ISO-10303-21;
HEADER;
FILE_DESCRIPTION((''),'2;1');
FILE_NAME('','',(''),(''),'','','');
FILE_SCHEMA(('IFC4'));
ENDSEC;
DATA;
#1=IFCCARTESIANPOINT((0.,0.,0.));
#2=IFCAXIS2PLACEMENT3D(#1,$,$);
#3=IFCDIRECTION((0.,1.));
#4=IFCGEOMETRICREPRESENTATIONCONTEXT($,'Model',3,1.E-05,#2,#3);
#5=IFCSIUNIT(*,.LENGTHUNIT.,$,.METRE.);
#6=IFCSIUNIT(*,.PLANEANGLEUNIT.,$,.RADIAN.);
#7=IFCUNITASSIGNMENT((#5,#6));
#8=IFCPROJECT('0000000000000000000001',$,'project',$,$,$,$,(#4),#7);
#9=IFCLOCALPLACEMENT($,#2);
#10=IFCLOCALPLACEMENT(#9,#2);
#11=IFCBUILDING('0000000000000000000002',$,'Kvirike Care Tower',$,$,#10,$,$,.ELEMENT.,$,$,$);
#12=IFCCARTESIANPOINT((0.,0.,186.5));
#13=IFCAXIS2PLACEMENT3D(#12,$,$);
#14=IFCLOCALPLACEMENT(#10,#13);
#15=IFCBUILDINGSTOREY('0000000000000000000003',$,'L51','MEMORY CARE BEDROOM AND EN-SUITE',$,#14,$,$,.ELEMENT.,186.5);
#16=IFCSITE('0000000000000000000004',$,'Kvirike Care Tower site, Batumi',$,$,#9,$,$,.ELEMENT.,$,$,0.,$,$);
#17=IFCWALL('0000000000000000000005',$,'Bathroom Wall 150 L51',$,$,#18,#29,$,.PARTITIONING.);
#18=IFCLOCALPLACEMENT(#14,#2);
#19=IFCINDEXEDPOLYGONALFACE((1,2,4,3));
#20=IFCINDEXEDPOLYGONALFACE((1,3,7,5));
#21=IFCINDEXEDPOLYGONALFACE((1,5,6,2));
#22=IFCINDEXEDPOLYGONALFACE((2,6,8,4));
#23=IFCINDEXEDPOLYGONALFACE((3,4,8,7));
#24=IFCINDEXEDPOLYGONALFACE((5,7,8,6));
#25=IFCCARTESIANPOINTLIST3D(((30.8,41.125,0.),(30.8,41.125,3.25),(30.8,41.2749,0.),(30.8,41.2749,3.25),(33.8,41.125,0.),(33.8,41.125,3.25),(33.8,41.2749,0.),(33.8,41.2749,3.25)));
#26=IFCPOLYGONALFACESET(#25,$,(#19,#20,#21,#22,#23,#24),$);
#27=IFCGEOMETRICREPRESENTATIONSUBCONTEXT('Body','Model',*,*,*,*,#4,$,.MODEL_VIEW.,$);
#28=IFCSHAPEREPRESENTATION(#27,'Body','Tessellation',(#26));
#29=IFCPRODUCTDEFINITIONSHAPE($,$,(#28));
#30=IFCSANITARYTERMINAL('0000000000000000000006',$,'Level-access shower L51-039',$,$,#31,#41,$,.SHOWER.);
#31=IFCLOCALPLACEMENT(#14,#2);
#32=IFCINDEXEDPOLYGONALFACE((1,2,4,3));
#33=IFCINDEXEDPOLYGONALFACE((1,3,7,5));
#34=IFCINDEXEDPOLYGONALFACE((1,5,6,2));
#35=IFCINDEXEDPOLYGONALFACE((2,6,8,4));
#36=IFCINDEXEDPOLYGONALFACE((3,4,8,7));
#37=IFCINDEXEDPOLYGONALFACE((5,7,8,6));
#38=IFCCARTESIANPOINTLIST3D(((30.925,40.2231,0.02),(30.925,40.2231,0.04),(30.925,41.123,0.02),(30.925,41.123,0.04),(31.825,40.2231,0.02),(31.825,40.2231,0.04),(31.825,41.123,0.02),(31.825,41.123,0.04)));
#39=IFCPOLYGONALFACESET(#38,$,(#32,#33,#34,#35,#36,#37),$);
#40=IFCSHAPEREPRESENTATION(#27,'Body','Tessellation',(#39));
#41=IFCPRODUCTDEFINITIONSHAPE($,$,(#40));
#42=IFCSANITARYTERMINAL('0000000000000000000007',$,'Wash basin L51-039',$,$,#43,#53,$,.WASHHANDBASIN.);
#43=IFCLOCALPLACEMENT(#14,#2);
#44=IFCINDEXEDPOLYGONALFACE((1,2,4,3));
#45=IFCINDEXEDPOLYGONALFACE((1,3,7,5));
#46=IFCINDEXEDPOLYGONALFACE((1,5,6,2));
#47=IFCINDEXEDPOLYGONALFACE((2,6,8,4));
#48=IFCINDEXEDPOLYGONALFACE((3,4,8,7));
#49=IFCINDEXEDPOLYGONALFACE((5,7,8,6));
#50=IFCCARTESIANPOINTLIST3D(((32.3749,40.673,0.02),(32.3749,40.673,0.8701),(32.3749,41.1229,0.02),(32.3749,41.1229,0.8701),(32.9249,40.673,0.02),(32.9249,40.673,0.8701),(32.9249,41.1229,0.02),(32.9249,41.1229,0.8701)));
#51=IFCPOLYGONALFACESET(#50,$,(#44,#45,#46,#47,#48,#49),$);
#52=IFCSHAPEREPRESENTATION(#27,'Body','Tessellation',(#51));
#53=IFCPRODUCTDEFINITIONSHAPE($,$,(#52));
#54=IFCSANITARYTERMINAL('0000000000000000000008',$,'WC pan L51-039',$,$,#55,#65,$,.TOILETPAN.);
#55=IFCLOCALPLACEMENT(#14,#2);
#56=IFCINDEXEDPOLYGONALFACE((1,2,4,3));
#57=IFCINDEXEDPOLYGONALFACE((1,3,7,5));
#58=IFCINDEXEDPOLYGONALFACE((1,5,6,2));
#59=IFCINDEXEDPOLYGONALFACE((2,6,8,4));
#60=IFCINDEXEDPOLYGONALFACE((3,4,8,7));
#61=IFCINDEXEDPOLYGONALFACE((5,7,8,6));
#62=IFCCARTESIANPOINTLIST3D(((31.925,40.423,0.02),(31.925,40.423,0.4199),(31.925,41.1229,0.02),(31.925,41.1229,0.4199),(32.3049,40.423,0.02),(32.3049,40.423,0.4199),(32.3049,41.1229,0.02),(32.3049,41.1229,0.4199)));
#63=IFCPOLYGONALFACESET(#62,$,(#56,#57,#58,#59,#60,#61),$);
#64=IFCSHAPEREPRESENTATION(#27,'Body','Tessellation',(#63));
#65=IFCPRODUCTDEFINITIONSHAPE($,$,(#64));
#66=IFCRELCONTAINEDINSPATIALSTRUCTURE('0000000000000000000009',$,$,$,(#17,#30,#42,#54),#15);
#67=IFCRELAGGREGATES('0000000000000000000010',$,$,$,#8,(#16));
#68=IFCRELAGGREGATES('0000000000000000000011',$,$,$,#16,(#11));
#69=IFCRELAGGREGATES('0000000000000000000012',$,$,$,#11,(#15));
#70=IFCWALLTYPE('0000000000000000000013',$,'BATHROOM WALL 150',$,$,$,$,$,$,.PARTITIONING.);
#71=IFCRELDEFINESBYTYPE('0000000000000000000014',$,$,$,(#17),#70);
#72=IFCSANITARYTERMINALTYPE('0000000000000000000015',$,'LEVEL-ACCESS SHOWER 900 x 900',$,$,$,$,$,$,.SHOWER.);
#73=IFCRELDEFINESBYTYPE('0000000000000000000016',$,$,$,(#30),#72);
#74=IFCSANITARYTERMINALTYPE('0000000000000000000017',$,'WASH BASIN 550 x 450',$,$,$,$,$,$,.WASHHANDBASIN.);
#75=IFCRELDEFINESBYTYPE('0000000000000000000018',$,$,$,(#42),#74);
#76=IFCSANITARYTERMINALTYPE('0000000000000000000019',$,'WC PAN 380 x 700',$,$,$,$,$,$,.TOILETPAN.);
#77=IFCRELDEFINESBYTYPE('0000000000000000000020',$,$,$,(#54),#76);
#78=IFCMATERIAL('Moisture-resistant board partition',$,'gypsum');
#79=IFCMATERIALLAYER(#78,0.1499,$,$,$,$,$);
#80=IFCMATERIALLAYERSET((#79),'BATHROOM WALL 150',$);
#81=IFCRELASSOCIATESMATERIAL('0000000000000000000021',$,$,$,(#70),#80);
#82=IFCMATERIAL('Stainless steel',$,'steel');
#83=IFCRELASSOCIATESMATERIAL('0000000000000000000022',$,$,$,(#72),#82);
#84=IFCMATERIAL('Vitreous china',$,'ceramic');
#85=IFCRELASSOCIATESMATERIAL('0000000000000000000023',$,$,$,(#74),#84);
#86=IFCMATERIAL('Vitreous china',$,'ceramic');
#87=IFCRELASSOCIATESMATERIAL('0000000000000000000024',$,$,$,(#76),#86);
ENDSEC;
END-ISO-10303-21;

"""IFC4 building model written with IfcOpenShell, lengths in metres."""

from ifc_helpers import new_model, si_unit, direction, frame, frame_2d, origin, origin_2d, place, context, subcontext, project, spatial, rectangle, extrude, material, layer, layer_set, type_object, element, save


model = new_model("IFC4")

# Units and contexts
model_context = context("Model", 3, precision=1e-05, world=origin(), true_north=direction((0.0, 1.0)))
body_context = subcontext(model_context, "Body", "Model", "MODEL_VIEW")
ifc_project = project(units=[si_unit("LENGTHUNIT", "METRE"), si_unit("PLANEANGLEUNIT", "RADIAN")], contexts=[model_context])

# Site, building, storey
site_placement = place(None, origin())
site = spatial("IfcSite", under=ifc_project, at=site_placement, Name="Kvirike Care Tower site, Batumi", CompositionType="ELEMENT", RefElevation=0.0)
building_placement = place(site_placement, origin())
building = spatial("IfcBuilding", under=site, at=building_placement, Name="Kvirike Care Tower", CompositionType="ELEMENT")
storey_placement = place(building_placement, frame((0.0, 0.0, 186.5)))
storey = spatial("IfcBuildingStorey", under=building, at=storey_placement, Name="L51", Description="MEMORY CARE BEDROOM AND EN-SUITE", CompositionType="ELEMENT", Elevation=186.5)

# Wall
ifc_material_1 = material(Name="Moisture-resistant board partition", Category="gypsum")
ifc_layer_1 = layer(ifc_material_1, 0.1499)
ifc_layer_set_1 = layer_set([ifc_layer_1], Name="BATHROOM WALL 150")
wall_type = type_object("IfcWallType", Name="BATHROOM WALL 150", PredefinedType="PARTITIONING", material=ifc_layer_set_1)
wall_placement = place(storey_placement, frame((33.8, 41.2, 0.0), z_axis=(0.0, 0.0, 1.0), x_axis=(-1.0, 0.0, 0.0)))
element("IfcWall", 1, at=wall_placement, inside=storey, type_object=wall_type, Name="Bathroom Wall 150 L51", PredefinedType="PARTITIONING", context=body_context, shape_type="SweptSolid", body=[
    extrude(rectangle(XDim=3.0, YDim=0.1499, at=frame_2d((1.5, 0.0))), origin(), (0.0, 0.0, 1.0), 3.25),
])

# Sanitary terminals
ifc_material_2 = material(Name="Stainless steel", Category="steel")
sanitary_terminal_type_1 = type_object("IfcSanitaryTerminalType", Name="LEVEL-ACCESS SHOWER 900 x 900", PredefinedType="SHOWER", material=ifc_material_2)
sanitary_terminal_1_placement = place(storey_placement, frame((31.375, 40.6731, 0.02), z_axis=(0.0, 0.0, 1.0), x_axis=(1.0, 0.0, 0.0)))
element("IfcSanitaryTerminal", 2, at=sanitary_terminal_1_placement, inside=storey, type_object=sanitary_terminal_type_1, Name="Level-access shower L51-039", PredefinedType="SHOWER", context=body_context, shape_type="SweptSolid", body=[
    extrude(rectangle(XDim=0.8999, YDim=0.8999, at=origin_2d()), origin(), (0.0, 0.0, 1.0), 0.02),
])
ifc_material_3 = material(Name="Vitreous china", Category="ceramic")
sanitary_terminal_type_2 = type_object("IfcSanitaryTerminalType", Name="WASH BASIN 550 x 450", PredefinedType="WASHHANDBASIN", material=ifc_material_3)
sanitary_terminal_2_placement = place(storey_placement, frame((32.6499, 40.8979, 0.02), z_axis=(0.0, 0.0, 1.0), x_axis=(1.0, 0.0, 0.0)))
element("IfcSanitaryTerminal", 3, at=sanitary_terminal_2_placement, inside=storey, type_object=sanitary_terminal_type_2, Name="Wash basin L51-039", PredefinedType="WASHHANDBASIN", context=body_context, shape_type="SweptSolid", body=[
    extrude(rectangle(XDim=0.55, YDim=0.45, at=origin_2d()), origin(), (0.0, 0.0, 1.0), 0.8501),
])
ifc_material_4 = material(Name="Vitreous china", Category="ceramic")
sanitary_terminal_type_3 = type_object("IfcSanitaryTerminalType", Name="WC PAN 380 x 700", PredefinedType="TOILETPAN", material=ifc_material_4)
sanitary_terminal_3_placement = place(storey_placement, frame((32.115, 40.7729, 0.02), z_axis=(0.0, 0.0, 1.0), x_axis=(1.0, 0.0, 0.0)))
element("IfcSanitaryTerminal", 4, at=sanitary_terminal_3_placement, inside=storey, type_object=sanitary_terminal_type_3, Name="WC pan L51-039", PredefinedType="TOILETPAN", context=body_context, shape_type="SweptSolid", body=[
    extrude(rectangle(XDim=0.3799, YDim=0.7, at=origin_2d()), origin(), (0.0, 0.0, 1.0), 0.3999),
])

save(model, "model.ifc")
